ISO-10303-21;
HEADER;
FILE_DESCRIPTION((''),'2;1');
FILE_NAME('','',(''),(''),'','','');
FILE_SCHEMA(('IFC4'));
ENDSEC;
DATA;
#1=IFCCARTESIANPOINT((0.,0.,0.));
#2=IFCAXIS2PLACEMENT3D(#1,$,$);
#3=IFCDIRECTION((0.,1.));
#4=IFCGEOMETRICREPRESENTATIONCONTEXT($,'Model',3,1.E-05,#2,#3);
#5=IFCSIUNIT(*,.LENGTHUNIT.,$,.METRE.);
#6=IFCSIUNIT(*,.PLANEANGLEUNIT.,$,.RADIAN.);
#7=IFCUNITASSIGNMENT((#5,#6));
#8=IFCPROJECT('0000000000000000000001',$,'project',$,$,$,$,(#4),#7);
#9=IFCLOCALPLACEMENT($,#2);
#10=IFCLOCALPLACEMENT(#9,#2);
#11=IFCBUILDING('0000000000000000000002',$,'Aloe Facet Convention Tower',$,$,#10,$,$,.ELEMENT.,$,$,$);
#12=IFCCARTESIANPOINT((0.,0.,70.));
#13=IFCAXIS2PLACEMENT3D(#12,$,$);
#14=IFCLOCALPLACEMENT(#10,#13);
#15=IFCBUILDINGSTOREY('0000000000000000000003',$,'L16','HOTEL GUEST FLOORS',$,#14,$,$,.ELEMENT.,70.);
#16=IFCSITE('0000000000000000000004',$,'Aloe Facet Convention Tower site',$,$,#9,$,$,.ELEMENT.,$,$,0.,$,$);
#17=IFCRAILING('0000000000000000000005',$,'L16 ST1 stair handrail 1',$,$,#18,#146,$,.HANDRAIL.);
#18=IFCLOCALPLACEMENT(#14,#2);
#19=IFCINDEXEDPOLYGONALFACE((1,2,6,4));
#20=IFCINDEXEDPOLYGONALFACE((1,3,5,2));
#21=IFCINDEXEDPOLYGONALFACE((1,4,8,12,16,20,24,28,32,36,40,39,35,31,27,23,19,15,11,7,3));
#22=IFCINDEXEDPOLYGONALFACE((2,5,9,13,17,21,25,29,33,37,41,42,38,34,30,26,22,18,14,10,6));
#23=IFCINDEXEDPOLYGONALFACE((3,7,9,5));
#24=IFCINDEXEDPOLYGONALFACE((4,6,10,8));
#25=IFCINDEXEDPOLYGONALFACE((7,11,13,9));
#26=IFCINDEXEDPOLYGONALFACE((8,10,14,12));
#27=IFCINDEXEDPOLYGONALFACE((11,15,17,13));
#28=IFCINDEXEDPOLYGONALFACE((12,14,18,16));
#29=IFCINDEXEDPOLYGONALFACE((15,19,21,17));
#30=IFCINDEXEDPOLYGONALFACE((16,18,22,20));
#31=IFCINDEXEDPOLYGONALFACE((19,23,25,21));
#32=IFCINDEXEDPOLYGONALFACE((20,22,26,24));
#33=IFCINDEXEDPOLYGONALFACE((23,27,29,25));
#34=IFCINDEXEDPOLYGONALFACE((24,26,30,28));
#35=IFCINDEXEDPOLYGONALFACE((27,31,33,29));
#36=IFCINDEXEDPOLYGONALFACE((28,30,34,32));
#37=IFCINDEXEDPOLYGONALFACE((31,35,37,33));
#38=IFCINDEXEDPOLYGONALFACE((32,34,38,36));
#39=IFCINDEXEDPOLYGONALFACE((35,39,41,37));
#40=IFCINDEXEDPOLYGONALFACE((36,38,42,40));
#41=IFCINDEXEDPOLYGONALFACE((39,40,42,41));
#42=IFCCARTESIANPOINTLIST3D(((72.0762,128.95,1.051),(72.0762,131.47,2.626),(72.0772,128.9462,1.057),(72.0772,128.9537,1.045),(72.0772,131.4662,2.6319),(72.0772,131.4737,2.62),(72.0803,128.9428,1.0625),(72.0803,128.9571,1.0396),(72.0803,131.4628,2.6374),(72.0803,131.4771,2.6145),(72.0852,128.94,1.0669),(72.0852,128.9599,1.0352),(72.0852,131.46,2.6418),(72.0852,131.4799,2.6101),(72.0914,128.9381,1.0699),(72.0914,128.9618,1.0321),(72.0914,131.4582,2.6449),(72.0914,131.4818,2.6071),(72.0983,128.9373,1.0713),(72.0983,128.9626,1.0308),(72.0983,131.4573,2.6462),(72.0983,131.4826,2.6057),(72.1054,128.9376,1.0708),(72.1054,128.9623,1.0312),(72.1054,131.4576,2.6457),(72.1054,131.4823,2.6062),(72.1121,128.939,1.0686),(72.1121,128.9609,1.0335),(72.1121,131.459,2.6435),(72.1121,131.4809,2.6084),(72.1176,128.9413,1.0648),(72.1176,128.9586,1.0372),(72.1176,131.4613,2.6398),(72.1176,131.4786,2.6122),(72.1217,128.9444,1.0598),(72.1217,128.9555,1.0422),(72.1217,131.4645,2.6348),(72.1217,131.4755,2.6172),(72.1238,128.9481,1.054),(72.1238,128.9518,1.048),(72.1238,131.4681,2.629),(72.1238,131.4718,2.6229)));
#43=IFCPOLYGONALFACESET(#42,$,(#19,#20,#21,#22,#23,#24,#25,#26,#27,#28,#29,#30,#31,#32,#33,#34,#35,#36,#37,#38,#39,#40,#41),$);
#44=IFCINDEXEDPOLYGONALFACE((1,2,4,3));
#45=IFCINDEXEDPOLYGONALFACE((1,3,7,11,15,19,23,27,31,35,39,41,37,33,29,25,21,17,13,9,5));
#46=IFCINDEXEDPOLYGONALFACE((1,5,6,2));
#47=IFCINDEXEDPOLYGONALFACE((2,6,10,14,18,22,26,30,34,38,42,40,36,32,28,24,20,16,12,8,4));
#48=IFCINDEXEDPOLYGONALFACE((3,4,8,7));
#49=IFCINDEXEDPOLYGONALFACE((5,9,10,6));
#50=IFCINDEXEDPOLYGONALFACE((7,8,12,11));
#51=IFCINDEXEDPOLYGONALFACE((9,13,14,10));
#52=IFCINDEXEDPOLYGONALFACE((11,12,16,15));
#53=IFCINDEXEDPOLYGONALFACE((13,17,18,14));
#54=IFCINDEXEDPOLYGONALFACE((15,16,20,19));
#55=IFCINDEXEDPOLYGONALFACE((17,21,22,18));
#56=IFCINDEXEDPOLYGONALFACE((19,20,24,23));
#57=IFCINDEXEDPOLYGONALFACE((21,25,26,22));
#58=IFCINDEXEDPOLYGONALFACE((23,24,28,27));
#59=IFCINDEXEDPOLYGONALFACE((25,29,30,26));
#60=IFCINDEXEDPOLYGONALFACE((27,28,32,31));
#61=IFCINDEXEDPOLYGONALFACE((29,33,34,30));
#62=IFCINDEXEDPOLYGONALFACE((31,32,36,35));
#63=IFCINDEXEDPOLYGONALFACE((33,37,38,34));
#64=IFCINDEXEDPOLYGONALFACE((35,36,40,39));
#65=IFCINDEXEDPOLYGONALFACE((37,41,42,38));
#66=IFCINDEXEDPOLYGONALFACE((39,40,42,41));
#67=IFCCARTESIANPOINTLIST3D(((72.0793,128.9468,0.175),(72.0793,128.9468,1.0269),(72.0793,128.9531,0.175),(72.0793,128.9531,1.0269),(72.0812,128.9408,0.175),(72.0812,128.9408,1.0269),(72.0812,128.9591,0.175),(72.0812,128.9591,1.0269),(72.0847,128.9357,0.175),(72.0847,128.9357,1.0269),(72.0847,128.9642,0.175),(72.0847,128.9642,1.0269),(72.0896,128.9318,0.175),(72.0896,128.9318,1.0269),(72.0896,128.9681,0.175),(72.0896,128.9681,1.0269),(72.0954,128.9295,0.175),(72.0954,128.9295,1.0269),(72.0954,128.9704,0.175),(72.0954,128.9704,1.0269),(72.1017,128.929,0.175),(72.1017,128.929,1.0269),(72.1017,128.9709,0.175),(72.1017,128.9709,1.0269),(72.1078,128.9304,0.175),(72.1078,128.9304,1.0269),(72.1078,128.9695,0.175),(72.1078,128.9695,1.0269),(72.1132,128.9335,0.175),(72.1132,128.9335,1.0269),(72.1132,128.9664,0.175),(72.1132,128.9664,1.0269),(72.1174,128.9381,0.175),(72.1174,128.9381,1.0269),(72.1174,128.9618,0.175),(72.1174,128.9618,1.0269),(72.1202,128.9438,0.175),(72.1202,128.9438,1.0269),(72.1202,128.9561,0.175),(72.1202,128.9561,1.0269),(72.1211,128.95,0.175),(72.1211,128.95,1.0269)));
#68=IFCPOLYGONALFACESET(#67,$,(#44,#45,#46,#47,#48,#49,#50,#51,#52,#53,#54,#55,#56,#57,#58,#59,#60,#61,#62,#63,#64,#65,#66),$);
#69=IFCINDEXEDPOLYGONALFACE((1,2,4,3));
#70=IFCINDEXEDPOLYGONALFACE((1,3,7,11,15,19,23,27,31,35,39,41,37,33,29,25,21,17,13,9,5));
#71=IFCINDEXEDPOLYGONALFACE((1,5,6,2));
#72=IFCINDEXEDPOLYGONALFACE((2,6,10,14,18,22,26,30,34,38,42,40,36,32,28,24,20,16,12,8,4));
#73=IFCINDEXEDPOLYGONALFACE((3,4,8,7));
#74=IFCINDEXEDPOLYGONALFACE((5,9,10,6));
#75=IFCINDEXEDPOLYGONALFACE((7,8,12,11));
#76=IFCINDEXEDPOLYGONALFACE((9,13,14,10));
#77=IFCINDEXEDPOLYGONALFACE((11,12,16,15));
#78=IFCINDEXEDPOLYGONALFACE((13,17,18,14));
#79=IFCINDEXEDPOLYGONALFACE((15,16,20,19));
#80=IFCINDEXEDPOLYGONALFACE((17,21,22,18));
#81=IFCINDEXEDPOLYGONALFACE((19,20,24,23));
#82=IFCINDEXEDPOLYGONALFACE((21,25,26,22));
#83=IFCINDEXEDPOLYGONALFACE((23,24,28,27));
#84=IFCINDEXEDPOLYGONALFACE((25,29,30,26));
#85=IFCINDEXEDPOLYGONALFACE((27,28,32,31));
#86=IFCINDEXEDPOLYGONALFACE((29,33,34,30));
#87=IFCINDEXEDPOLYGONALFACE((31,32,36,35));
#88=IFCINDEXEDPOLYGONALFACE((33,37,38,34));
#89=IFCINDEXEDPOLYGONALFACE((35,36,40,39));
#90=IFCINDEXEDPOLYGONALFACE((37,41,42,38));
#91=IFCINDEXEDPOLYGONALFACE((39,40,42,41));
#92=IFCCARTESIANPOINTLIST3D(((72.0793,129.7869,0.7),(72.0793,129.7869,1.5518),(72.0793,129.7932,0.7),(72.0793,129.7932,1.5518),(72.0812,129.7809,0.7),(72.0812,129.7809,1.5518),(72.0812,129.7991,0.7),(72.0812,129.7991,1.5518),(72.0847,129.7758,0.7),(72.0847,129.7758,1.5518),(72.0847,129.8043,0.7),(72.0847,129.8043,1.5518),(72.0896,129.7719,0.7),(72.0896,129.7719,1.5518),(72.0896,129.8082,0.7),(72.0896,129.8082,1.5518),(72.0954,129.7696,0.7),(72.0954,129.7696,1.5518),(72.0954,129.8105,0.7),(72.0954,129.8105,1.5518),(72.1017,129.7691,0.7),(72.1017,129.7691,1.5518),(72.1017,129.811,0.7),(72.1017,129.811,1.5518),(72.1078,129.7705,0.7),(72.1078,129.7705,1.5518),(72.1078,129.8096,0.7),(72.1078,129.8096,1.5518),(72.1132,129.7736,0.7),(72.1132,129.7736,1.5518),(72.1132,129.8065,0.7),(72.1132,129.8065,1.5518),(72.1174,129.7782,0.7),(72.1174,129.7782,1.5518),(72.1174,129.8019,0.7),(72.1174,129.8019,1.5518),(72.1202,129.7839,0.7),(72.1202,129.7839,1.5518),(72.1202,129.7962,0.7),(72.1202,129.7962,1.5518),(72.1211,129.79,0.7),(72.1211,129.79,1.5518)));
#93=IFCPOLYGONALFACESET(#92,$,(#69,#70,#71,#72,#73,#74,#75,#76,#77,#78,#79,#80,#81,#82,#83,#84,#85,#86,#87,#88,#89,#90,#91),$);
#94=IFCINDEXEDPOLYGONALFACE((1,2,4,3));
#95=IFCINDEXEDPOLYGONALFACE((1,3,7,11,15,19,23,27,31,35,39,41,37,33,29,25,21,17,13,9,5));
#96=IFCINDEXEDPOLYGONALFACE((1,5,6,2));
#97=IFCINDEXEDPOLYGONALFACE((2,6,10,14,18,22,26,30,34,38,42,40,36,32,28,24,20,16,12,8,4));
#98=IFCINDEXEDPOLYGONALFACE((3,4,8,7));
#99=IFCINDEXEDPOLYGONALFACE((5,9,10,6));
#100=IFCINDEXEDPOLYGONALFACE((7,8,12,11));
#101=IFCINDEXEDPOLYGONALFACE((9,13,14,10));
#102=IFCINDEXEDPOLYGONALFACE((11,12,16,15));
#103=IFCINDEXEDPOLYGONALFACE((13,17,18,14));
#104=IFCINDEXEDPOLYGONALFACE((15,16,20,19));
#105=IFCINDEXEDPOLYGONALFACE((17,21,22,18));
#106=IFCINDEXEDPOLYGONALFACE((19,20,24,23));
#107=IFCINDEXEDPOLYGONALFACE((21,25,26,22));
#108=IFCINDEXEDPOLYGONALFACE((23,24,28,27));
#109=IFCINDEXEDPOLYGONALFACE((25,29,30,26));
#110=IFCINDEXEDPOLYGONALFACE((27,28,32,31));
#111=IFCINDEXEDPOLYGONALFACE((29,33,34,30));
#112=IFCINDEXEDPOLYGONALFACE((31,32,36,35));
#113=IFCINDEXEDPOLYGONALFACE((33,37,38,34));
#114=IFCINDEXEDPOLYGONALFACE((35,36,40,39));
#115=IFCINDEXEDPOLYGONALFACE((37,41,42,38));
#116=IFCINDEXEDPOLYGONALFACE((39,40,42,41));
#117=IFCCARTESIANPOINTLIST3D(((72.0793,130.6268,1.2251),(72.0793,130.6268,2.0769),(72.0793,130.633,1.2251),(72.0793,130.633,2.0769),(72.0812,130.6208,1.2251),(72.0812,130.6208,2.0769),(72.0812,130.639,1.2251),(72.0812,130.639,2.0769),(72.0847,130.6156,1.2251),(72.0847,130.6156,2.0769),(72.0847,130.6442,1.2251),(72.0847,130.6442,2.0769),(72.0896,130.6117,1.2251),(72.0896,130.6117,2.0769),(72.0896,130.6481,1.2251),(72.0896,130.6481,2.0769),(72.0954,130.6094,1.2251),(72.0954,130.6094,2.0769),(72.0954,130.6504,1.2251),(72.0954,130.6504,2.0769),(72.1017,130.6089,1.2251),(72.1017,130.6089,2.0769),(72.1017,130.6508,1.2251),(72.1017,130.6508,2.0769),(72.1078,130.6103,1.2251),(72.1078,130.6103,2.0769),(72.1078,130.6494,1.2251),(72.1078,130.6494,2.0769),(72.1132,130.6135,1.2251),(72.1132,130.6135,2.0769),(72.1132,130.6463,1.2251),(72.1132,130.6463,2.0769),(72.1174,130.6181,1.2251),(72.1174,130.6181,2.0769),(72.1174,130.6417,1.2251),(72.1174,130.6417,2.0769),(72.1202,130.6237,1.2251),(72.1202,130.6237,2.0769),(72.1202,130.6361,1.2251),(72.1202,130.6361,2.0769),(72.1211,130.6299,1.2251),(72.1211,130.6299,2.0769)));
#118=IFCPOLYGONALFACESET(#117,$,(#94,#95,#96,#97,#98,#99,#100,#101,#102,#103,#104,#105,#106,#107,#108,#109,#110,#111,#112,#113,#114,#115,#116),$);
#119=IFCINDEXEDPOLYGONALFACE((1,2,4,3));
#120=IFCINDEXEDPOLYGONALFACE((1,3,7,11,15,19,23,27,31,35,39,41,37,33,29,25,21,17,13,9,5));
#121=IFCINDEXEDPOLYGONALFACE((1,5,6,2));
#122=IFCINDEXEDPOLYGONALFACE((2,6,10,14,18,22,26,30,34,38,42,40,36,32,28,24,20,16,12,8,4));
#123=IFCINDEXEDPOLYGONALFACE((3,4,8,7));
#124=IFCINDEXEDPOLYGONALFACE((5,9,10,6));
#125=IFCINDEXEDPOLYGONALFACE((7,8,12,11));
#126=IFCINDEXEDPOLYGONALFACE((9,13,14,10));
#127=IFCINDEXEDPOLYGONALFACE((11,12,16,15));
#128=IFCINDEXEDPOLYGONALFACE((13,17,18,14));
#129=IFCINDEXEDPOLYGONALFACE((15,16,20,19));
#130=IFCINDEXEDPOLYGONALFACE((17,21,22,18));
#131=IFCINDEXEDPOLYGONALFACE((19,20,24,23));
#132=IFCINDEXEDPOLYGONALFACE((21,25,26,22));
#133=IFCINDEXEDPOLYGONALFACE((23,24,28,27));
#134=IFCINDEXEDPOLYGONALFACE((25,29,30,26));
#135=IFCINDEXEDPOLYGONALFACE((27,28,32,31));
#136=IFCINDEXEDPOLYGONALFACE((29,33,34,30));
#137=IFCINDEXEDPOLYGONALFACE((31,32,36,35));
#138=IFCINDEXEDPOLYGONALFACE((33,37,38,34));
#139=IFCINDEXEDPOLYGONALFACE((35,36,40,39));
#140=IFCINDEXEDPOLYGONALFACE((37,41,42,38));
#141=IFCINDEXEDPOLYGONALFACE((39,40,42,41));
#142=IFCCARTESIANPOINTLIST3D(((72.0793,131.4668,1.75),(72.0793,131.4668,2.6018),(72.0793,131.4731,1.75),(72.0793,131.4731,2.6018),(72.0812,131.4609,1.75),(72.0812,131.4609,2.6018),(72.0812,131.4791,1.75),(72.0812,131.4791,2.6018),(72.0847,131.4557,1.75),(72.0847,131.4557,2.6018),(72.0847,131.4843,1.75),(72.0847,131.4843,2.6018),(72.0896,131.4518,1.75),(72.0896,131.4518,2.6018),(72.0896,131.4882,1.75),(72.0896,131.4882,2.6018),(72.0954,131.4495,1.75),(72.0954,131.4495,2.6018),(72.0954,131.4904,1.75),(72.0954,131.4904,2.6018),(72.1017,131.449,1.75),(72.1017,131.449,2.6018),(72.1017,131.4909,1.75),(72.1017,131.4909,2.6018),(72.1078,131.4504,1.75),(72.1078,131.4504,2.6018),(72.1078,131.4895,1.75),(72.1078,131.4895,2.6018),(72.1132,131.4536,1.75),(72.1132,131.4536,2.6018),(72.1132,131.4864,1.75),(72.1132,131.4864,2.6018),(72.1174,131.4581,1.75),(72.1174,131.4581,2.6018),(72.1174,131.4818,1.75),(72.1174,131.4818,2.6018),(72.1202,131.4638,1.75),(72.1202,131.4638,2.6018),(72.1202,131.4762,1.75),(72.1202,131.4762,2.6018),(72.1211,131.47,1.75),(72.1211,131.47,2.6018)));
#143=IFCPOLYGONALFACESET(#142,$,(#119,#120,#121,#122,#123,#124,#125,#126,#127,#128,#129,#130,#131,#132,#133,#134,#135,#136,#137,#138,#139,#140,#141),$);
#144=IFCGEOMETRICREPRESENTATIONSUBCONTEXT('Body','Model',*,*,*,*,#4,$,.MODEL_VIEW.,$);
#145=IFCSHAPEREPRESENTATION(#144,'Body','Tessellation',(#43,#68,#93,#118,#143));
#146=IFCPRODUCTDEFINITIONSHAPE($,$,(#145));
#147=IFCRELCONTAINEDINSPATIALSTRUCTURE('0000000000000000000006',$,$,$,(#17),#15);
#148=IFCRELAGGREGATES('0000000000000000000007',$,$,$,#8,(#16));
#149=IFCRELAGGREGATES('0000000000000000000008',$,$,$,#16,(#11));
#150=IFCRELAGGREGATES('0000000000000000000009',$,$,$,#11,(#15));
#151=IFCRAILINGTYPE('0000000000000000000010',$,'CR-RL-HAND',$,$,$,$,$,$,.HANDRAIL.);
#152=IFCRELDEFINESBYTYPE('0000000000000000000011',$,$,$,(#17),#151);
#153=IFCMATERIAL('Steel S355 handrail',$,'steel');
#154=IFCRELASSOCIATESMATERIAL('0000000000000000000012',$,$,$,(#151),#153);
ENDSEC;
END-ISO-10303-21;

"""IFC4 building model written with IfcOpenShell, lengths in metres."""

from ifc_helpers import new_model, si_unit, direction, frame, origin, origin_2d, place, context, subcontext, project, spatial, circle, extrude, material, type_object, element, save


model = new_model("IFC4")

# Units and contexts
model_context = context("Model", 3, precision=1e-05, world=origin(), true_north=direction((0.0, 1.0)))
body_context = subcontext(model_context, "Body", "Model", "MODEL_VIEW")
ifc_project = project(units=[si_unit("LENGTHUNIT", "METRE"), si_unit("PLANEANGLEUNIT", "RADIAN")], contexts=[model_context])

# Site, building, storey
site_placement = place(None, origin())
site = spatial("IfcSite", under=ifc_project, at=site_placement, Name="Aloe Facet Convention Tower site", CompositionType="ELEMENT", RefElevation=0.0)
building_placement = place(site_placement, origin())
building = spatial("IfcBuilding", under=site, at=building_placement, Name="Aloe Facet Convention Tower", CompositionType="ELEMENT")
storey_placement = place(building_placement, frame((0.0, 0.0, 70.0)))
storey = spatial("IfcBuildingStorey", under=building, at=storey_placement, Name="L16", Description="HOTEL GUEST FLOORS", CompositionType="ELEMENT", Elevation=70.0)

# Railing
ifc_material_1 = material(Name="Steel S355 handrail", Category="steel")
railing_type_1 = type_object("IfcRailingType", Name="CR-RL-HAND", PredefinedType="HANDRAIL", material=ifc_material_1)
railing_1_placement = place(storey_placement, frame((72.1001, 128.95, 0.175)))
element("IfcRailing", 1, at=railing_1_placement, inside=storey, type_object=railing_type_1, Name="L16 ST1 stair handrail 1", PredefinedType="HANDRAIL", context=body_context, shape_type="SweptSolid", body=[
    extrude(circle(Radius=0.0239, at=origin_2d()), frame((0.0, 0.0, 0.876), z_axis=(0.0, 0.848008, 0.529984), x_axis=(-1.0, 0.0, 0.0)), (0.0, 0.0, 1.0), 2.9717),
    extrude(circle(Radius=0.021, at=origin_2d()), origin(), (0.0, 0.0, 1.0), 0.8518),
    extrude(circle(Radius=0.021, at=origin_2d()), frame((0.0, 0.8401, 0.5249)), (0.0, 0.0, 1.0), 0.8518),
    extrude(circle(Radius=0.021, at=origin_2d()), frame((0.0, 1.6799, 1.05)), (0.0, 0.0, 1.0), 0.8518),
    extrude(circle(Radius=0.021, at=origin_2d()), frame((0.0, 2.52, 1.575)), (0.0, 0.0, 1.0), 0.8518),
])

save(model, "model.ifc")
